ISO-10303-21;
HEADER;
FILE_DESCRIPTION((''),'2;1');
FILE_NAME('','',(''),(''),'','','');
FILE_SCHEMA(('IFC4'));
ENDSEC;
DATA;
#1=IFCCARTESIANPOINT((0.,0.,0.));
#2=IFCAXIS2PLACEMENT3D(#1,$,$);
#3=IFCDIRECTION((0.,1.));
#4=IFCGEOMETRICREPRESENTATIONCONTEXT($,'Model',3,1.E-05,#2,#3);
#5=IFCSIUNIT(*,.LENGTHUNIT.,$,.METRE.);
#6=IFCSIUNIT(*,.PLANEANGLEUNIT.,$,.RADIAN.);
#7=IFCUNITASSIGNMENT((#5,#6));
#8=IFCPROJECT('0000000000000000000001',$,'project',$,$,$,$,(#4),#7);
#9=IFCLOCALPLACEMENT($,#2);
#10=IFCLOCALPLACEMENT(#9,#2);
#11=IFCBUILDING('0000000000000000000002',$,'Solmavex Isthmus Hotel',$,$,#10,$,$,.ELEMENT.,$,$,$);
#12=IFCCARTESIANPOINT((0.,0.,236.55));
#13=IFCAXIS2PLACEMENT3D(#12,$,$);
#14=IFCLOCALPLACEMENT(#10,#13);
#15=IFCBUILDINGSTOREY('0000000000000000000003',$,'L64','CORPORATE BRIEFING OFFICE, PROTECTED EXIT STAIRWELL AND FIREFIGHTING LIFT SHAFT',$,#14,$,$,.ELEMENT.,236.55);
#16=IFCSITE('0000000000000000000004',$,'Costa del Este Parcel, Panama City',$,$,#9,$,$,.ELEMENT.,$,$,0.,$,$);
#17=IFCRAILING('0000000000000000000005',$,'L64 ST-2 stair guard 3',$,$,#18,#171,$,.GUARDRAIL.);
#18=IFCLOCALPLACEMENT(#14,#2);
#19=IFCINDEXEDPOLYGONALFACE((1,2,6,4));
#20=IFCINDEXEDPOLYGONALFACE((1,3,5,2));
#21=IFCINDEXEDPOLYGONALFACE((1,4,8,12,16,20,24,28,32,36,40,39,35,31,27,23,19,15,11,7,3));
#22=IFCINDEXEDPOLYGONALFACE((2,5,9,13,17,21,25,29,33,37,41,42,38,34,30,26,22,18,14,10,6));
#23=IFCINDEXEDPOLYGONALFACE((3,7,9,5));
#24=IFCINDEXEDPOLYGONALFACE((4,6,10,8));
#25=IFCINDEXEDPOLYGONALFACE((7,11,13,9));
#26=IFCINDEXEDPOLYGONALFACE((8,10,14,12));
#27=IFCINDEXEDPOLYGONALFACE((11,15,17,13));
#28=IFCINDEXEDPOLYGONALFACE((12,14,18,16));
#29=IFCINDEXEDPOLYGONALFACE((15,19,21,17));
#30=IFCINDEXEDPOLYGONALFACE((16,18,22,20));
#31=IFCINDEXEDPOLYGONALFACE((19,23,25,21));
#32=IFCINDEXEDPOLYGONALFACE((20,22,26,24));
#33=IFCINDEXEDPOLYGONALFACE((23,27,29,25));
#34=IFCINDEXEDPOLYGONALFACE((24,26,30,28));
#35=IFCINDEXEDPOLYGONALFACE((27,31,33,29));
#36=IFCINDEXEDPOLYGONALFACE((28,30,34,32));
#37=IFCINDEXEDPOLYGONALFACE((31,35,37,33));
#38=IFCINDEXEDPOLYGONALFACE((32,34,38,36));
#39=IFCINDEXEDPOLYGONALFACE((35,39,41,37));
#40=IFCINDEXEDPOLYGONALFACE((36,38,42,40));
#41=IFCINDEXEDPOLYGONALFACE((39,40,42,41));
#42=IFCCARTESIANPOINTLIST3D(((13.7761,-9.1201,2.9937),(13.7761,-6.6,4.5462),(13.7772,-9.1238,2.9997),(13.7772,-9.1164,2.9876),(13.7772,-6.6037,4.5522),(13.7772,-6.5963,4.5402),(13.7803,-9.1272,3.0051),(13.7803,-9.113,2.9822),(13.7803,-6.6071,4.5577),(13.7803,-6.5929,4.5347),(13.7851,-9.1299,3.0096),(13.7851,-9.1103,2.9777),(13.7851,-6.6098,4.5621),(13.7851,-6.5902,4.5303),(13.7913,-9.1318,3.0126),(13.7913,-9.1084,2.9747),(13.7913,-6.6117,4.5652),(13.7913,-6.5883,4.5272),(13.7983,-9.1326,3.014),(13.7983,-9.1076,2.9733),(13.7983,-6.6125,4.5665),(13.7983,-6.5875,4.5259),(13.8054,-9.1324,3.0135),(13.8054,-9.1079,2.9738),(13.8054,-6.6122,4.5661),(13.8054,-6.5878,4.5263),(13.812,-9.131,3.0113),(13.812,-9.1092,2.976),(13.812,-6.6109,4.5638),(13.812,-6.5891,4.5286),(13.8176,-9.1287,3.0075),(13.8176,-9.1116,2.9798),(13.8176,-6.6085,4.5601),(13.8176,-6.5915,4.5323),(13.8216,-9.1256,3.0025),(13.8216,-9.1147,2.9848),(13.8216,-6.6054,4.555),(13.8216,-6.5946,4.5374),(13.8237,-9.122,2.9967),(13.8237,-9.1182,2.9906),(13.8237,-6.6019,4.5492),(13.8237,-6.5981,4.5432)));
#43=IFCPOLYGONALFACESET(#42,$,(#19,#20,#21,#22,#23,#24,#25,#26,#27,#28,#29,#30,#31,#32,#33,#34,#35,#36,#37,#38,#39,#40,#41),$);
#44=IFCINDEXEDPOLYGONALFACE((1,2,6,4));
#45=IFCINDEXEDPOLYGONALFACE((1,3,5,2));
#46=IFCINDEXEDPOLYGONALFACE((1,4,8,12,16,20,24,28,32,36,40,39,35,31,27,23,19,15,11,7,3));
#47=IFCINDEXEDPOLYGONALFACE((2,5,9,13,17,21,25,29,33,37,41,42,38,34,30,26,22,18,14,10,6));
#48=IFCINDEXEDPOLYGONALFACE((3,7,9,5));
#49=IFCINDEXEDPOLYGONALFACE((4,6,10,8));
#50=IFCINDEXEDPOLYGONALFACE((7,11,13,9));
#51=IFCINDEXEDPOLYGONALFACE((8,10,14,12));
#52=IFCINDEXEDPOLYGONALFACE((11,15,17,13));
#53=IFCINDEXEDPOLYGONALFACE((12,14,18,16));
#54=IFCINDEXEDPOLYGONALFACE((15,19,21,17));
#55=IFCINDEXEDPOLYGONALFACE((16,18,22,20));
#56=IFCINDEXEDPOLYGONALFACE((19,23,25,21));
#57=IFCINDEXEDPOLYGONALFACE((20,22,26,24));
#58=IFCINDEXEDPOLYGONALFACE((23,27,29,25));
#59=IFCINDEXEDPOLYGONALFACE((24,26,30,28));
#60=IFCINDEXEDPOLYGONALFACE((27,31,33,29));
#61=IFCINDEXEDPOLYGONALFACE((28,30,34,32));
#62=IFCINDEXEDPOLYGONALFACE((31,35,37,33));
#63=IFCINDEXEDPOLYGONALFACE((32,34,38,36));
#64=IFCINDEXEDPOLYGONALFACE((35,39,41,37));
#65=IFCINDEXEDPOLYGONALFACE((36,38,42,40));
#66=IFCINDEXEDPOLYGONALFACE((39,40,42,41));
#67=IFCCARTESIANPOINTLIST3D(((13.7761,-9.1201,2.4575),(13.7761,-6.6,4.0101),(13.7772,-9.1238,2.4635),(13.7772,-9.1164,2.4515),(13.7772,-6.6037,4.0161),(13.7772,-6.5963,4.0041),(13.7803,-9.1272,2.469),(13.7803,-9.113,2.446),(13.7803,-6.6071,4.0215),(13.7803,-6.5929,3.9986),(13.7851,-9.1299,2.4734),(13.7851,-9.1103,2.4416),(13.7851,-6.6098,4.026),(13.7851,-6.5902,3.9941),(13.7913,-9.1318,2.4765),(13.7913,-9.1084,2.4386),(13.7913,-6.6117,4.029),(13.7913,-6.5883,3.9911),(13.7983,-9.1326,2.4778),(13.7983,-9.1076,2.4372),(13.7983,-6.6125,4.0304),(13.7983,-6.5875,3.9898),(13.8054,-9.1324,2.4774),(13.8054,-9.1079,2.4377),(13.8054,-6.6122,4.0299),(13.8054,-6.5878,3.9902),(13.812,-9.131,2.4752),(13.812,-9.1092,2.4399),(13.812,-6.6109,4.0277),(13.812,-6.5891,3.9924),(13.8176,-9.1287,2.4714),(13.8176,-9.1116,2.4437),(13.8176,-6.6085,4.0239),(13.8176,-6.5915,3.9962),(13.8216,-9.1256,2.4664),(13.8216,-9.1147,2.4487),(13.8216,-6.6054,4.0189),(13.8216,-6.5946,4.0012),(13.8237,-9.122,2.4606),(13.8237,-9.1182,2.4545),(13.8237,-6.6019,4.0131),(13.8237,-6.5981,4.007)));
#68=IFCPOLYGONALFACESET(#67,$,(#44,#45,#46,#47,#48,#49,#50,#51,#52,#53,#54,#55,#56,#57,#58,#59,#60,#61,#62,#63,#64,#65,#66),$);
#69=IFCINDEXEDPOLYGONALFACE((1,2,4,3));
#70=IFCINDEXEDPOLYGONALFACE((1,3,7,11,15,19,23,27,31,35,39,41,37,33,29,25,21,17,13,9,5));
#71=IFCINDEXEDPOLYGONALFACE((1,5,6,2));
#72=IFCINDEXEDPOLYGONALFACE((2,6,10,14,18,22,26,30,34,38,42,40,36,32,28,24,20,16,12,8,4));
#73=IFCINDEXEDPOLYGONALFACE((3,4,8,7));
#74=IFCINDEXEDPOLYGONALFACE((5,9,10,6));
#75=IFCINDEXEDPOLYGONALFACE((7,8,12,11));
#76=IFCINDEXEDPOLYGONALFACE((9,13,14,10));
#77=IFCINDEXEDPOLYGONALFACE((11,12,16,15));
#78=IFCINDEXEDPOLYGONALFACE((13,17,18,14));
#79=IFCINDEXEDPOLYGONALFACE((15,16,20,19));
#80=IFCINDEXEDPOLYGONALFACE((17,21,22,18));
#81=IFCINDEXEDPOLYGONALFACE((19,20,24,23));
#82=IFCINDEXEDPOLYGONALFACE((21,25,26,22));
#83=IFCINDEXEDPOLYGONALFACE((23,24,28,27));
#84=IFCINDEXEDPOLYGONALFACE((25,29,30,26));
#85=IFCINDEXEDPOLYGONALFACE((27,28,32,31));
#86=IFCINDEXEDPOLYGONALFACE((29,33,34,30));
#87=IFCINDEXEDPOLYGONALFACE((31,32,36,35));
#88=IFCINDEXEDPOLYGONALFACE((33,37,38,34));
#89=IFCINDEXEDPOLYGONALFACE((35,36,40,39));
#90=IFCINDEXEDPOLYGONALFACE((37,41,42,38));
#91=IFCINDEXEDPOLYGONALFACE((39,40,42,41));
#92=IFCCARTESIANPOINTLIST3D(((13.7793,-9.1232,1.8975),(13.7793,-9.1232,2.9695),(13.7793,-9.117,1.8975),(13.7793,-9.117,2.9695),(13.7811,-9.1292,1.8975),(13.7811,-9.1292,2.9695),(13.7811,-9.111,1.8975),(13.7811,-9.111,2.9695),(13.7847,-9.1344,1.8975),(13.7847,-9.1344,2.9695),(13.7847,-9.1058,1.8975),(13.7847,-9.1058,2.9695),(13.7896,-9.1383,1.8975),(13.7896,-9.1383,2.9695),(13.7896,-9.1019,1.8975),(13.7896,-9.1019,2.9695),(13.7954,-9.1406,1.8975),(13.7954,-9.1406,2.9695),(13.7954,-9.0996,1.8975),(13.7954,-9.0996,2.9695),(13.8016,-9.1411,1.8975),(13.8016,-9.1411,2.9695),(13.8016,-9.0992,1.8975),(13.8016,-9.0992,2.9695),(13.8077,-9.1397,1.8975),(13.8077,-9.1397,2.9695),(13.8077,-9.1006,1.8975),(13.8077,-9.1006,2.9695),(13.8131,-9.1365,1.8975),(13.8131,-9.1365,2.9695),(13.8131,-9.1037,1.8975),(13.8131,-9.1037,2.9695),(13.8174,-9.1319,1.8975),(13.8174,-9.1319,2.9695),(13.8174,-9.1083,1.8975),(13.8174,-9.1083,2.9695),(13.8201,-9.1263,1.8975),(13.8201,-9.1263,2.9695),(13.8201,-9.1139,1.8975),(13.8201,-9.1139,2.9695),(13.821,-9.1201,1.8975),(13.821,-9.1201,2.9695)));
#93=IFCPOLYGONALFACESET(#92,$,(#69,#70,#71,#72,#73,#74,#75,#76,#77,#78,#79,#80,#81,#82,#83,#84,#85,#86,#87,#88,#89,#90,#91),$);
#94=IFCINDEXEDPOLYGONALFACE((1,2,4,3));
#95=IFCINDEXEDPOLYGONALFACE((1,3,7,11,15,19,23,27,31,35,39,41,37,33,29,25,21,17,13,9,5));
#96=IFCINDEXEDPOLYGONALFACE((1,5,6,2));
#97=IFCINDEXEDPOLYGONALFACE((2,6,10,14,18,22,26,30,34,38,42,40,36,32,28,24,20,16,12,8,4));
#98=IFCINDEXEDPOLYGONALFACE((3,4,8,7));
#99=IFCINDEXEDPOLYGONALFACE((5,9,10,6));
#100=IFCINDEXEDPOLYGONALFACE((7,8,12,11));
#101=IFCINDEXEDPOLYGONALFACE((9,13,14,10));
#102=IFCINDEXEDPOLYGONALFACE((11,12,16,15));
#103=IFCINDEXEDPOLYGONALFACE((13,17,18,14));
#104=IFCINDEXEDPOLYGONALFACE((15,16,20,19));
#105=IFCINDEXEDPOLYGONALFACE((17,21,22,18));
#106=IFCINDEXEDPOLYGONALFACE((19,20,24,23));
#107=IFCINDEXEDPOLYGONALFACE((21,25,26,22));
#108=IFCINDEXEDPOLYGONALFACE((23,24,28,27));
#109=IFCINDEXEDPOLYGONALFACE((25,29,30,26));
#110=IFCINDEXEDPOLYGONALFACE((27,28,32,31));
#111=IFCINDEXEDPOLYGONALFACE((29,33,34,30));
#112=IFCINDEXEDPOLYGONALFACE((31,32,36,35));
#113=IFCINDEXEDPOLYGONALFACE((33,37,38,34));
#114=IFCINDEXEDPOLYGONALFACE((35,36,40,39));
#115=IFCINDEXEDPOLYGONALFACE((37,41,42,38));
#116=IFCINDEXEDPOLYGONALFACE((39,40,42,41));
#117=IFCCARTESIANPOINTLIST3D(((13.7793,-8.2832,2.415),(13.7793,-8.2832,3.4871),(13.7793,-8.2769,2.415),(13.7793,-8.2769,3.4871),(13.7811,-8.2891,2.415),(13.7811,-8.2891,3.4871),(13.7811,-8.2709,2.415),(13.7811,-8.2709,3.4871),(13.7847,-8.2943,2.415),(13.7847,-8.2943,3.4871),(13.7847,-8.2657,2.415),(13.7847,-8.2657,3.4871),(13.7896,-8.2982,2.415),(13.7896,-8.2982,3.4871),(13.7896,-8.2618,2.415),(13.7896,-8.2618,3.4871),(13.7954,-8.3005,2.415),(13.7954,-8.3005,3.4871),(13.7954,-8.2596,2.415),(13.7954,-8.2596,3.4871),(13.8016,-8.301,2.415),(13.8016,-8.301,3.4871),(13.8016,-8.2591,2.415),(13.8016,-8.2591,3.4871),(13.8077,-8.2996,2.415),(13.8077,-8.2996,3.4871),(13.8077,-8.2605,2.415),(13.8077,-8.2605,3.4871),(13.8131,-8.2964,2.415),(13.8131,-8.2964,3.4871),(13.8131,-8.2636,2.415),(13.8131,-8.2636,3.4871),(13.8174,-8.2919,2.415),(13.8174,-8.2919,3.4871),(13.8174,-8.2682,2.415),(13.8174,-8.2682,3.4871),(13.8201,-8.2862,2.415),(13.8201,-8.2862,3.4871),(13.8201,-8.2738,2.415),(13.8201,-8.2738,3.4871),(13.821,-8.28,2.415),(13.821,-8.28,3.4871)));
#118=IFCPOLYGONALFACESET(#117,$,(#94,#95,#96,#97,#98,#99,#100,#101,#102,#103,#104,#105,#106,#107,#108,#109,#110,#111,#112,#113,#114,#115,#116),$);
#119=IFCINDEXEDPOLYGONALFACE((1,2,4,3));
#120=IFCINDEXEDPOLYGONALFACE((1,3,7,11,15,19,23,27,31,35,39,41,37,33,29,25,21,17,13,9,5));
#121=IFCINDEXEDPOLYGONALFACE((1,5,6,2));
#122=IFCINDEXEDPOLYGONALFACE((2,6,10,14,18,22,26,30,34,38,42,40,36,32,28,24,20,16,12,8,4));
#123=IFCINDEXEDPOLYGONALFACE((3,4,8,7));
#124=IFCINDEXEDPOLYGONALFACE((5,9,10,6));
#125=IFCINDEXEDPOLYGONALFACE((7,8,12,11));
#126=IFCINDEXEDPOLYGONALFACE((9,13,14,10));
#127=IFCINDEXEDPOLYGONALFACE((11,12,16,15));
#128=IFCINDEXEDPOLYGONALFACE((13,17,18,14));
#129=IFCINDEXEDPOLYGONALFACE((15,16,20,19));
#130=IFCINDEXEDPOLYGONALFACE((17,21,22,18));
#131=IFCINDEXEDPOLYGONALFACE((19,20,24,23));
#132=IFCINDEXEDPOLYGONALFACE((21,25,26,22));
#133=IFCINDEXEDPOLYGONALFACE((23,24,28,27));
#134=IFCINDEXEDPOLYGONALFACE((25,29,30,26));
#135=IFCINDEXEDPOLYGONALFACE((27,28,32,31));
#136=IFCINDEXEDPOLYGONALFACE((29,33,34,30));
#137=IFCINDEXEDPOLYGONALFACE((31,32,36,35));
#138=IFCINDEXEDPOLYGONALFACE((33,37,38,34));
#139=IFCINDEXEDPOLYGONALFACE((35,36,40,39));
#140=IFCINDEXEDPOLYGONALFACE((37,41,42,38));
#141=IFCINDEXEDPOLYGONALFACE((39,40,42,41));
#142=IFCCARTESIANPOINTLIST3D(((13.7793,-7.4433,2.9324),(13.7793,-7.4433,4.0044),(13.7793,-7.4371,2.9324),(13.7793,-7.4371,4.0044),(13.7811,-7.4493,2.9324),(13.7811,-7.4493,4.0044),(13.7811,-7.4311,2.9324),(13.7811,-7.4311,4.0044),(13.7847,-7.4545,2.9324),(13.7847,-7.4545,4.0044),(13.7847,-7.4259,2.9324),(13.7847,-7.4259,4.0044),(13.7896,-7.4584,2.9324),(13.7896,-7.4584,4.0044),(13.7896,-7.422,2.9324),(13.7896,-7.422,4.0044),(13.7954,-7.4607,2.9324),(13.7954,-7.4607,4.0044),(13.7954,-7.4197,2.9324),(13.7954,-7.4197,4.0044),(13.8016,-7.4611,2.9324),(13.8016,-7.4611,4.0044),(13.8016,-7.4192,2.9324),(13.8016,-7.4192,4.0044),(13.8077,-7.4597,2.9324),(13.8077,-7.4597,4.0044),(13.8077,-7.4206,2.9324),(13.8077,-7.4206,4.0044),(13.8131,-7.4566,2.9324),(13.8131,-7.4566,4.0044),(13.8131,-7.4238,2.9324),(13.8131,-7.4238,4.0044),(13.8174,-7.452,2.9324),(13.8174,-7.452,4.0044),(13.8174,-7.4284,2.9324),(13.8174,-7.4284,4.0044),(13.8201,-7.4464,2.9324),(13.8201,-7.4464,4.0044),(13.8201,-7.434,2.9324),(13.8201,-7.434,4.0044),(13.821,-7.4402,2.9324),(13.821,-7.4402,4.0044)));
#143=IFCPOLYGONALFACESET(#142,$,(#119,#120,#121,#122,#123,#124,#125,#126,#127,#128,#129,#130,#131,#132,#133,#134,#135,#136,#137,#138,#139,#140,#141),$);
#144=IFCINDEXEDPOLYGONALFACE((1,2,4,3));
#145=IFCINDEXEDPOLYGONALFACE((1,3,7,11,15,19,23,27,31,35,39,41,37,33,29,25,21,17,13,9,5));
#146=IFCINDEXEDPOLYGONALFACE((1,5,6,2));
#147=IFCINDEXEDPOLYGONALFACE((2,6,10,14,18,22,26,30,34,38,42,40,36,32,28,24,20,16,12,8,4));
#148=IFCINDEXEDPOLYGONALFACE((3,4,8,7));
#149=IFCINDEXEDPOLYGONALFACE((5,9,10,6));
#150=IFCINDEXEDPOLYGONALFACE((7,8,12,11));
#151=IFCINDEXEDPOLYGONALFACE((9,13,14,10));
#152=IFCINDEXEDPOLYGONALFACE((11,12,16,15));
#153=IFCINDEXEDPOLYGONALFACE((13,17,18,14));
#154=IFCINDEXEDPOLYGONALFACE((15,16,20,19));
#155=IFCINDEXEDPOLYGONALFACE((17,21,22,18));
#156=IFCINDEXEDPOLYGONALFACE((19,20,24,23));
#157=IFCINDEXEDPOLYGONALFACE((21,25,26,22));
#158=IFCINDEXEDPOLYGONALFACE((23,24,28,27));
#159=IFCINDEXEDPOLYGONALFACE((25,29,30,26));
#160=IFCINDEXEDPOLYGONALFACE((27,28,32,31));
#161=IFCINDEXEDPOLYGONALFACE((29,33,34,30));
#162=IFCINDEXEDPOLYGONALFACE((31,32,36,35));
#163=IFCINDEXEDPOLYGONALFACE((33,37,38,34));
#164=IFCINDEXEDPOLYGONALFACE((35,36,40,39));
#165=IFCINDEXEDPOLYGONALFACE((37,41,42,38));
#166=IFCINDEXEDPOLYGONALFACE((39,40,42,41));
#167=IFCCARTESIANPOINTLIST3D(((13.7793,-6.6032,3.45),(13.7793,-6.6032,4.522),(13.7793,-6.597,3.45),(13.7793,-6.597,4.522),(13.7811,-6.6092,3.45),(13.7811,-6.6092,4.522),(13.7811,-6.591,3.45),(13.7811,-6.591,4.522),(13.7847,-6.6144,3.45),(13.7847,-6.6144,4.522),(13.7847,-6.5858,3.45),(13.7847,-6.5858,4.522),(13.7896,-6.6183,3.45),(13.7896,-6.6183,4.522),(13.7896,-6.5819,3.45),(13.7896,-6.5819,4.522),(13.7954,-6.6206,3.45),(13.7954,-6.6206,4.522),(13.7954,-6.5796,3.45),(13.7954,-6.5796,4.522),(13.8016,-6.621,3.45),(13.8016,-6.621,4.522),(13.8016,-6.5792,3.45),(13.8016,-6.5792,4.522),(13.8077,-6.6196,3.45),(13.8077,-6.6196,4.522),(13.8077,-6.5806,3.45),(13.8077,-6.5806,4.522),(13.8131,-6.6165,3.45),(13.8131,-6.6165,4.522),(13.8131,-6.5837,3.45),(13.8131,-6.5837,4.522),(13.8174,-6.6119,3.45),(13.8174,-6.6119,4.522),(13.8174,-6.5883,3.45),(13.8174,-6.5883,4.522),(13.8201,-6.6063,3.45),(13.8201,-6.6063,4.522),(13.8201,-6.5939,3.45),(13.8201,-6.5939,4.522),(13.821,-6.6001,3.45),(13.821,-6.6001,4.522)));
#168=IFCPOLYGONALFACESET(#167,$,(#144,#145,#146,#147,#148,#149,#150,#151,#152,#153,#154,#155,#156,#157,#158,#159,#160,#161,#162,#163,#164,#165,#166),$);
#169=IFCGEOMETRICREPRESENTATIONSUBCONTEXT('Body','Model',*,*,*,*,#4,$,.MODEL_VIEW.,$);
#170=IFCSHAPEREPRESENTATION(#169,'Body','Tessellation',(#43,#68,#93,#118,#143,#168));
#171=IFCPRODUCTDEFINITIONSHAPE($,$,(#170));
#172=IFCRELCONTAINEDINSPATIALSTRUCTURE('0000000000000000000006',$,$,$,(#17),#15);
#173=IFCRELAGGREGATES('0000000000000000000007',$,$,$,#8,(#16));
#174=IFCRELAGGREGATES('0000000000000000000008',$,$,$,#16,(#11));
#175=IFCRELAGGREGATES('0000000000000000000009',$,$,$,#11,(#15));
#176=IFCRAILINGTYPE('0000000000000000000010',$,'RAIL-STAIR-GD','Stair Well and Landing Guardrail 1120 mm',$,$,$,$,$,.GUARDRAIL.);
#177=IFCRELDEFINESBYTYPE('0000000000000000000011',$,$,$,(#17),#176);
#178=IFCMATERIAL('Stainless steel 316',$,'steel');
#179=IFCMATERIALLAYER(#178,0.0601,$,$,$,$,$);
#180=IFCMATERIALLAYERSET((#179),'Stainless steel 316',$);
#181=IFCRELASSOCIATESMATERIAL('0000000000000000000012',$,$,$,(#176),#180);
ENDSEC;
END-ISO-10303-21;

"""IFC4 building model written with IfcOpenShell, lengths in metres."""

from ifc_helpers import new_model, si_unit, direction, frame, origin, origin_2d, place, context, subcontext, project, spatial, circle, extrude, material, layer, layer_set, type_object, element, save


model = new_model("IFC4")

# Units and contexts
model_context = context("Model", 3, precision=1e-05, world=origin(), true_north=direction((0.0, 1.0)))
body_context = subcontext(model_context, "Body", "Model", "MODEL_VIEW")
ifc_project = project(units=[si_unit("LENGTHUNIT", "METRE"), si_unit("PLANEANGLEUNIT", "RADIAN")], contexts=[model_context])

# Site, building, storey
site_placement = place(None, origin())
site = spatial("IfcSite", under=ifc_project, at=site_placement, Name="Costa del Este Parcel, Panama City", CompositionType="ELEMENT", RefElevation=0.0)
building_placement = place(site_placement, origin())
building = spatial("IfcBuilding", under=site, at=building_placement, Name="Solmavex Isthmus Hotel", CompositionType="ELEMENT")
storey_placement = place(building_placement, frame((0.0, 0.0, 236.55)))
storey = spatial("IfcBuildingStorey", under=building, at=storey_placement, Name="L64", Description="CORPORATE BRIEFING OFFICE, PROTECTED EXIT STAIRWELL AND FIREFIGHTING LIFT SHAFT", CompositionType="ELEMENT", Elevation=236.55)

# Shared definitions
ifc_material_1 = material(Name="Stainless steel 316", Category="steel")

# Railing
ifc_layer_1 = layer(ifc_material_1, 0.0601)
ifc_layer_set_1 = layer_set([ifc_layer_1], Name="Stainless steel 316")
railing_type_1 = type_object("IfcRailingType", Name="RAIL-STAIR-GD", Description="Stair Well and Landing Guardrail 1120 mm", PredefinedType="GUARDRAIL", material=ifc_layer_set_1)
railing_1_placement = place(storey_placement, frame((13.8, -9.1201, 1.8975)))
element("IfcRailing", 1, at=railing_1_placement, inside=storey, type_object=railing_type_1, Name="L64 ST-2 stair guard 3", PredefinedType="GUARDRAIL", context=body_context, shape_type="SweptSolid", body=[
    extrude(circle(Radius=0.0239, at=origin_2d()), frame((0.0, 0.0, 1.0962), z_axis=(0.0, 0.8514, 0.524516), x_axis=(-1.0, 0.0, 0.0)), (0.0, 0.0, 1.0), 2.96),
    extrude(circle(Radius=0.0239, at=origin_2d()), frame((0.0, 0.0, 0.5601), z_axis=(0.0, 0.8514, 0.524516), x_axis=(-1.0, 0.0, 0.0)), (0.0, 0.0, 1.0), 2.96),
    extrude(circle(Radius=0.021, at=origin_2d()), origin(), (0.0, 0.0, 1.0), 1.072),
    extrude(circle(Radius=0.021, at=origin_2d()), frame((0.0, 0.8401, 0.5176)), (0.0, 0.0, 1.0), 1.072),
    extrude(circle(Radius=0.021, at=origin_2d()), frame((0.0, 1.6799, 1.0349)), (0.0, 0.0, 1.0), 1.072),
    extrude(circle(Radius=0.021, at=origin_2d()), frame((0.0, 2.52, 1.5525)), (0.0, 0.0, 1.0), 1.072),
])

save(model, "model.ifc")
